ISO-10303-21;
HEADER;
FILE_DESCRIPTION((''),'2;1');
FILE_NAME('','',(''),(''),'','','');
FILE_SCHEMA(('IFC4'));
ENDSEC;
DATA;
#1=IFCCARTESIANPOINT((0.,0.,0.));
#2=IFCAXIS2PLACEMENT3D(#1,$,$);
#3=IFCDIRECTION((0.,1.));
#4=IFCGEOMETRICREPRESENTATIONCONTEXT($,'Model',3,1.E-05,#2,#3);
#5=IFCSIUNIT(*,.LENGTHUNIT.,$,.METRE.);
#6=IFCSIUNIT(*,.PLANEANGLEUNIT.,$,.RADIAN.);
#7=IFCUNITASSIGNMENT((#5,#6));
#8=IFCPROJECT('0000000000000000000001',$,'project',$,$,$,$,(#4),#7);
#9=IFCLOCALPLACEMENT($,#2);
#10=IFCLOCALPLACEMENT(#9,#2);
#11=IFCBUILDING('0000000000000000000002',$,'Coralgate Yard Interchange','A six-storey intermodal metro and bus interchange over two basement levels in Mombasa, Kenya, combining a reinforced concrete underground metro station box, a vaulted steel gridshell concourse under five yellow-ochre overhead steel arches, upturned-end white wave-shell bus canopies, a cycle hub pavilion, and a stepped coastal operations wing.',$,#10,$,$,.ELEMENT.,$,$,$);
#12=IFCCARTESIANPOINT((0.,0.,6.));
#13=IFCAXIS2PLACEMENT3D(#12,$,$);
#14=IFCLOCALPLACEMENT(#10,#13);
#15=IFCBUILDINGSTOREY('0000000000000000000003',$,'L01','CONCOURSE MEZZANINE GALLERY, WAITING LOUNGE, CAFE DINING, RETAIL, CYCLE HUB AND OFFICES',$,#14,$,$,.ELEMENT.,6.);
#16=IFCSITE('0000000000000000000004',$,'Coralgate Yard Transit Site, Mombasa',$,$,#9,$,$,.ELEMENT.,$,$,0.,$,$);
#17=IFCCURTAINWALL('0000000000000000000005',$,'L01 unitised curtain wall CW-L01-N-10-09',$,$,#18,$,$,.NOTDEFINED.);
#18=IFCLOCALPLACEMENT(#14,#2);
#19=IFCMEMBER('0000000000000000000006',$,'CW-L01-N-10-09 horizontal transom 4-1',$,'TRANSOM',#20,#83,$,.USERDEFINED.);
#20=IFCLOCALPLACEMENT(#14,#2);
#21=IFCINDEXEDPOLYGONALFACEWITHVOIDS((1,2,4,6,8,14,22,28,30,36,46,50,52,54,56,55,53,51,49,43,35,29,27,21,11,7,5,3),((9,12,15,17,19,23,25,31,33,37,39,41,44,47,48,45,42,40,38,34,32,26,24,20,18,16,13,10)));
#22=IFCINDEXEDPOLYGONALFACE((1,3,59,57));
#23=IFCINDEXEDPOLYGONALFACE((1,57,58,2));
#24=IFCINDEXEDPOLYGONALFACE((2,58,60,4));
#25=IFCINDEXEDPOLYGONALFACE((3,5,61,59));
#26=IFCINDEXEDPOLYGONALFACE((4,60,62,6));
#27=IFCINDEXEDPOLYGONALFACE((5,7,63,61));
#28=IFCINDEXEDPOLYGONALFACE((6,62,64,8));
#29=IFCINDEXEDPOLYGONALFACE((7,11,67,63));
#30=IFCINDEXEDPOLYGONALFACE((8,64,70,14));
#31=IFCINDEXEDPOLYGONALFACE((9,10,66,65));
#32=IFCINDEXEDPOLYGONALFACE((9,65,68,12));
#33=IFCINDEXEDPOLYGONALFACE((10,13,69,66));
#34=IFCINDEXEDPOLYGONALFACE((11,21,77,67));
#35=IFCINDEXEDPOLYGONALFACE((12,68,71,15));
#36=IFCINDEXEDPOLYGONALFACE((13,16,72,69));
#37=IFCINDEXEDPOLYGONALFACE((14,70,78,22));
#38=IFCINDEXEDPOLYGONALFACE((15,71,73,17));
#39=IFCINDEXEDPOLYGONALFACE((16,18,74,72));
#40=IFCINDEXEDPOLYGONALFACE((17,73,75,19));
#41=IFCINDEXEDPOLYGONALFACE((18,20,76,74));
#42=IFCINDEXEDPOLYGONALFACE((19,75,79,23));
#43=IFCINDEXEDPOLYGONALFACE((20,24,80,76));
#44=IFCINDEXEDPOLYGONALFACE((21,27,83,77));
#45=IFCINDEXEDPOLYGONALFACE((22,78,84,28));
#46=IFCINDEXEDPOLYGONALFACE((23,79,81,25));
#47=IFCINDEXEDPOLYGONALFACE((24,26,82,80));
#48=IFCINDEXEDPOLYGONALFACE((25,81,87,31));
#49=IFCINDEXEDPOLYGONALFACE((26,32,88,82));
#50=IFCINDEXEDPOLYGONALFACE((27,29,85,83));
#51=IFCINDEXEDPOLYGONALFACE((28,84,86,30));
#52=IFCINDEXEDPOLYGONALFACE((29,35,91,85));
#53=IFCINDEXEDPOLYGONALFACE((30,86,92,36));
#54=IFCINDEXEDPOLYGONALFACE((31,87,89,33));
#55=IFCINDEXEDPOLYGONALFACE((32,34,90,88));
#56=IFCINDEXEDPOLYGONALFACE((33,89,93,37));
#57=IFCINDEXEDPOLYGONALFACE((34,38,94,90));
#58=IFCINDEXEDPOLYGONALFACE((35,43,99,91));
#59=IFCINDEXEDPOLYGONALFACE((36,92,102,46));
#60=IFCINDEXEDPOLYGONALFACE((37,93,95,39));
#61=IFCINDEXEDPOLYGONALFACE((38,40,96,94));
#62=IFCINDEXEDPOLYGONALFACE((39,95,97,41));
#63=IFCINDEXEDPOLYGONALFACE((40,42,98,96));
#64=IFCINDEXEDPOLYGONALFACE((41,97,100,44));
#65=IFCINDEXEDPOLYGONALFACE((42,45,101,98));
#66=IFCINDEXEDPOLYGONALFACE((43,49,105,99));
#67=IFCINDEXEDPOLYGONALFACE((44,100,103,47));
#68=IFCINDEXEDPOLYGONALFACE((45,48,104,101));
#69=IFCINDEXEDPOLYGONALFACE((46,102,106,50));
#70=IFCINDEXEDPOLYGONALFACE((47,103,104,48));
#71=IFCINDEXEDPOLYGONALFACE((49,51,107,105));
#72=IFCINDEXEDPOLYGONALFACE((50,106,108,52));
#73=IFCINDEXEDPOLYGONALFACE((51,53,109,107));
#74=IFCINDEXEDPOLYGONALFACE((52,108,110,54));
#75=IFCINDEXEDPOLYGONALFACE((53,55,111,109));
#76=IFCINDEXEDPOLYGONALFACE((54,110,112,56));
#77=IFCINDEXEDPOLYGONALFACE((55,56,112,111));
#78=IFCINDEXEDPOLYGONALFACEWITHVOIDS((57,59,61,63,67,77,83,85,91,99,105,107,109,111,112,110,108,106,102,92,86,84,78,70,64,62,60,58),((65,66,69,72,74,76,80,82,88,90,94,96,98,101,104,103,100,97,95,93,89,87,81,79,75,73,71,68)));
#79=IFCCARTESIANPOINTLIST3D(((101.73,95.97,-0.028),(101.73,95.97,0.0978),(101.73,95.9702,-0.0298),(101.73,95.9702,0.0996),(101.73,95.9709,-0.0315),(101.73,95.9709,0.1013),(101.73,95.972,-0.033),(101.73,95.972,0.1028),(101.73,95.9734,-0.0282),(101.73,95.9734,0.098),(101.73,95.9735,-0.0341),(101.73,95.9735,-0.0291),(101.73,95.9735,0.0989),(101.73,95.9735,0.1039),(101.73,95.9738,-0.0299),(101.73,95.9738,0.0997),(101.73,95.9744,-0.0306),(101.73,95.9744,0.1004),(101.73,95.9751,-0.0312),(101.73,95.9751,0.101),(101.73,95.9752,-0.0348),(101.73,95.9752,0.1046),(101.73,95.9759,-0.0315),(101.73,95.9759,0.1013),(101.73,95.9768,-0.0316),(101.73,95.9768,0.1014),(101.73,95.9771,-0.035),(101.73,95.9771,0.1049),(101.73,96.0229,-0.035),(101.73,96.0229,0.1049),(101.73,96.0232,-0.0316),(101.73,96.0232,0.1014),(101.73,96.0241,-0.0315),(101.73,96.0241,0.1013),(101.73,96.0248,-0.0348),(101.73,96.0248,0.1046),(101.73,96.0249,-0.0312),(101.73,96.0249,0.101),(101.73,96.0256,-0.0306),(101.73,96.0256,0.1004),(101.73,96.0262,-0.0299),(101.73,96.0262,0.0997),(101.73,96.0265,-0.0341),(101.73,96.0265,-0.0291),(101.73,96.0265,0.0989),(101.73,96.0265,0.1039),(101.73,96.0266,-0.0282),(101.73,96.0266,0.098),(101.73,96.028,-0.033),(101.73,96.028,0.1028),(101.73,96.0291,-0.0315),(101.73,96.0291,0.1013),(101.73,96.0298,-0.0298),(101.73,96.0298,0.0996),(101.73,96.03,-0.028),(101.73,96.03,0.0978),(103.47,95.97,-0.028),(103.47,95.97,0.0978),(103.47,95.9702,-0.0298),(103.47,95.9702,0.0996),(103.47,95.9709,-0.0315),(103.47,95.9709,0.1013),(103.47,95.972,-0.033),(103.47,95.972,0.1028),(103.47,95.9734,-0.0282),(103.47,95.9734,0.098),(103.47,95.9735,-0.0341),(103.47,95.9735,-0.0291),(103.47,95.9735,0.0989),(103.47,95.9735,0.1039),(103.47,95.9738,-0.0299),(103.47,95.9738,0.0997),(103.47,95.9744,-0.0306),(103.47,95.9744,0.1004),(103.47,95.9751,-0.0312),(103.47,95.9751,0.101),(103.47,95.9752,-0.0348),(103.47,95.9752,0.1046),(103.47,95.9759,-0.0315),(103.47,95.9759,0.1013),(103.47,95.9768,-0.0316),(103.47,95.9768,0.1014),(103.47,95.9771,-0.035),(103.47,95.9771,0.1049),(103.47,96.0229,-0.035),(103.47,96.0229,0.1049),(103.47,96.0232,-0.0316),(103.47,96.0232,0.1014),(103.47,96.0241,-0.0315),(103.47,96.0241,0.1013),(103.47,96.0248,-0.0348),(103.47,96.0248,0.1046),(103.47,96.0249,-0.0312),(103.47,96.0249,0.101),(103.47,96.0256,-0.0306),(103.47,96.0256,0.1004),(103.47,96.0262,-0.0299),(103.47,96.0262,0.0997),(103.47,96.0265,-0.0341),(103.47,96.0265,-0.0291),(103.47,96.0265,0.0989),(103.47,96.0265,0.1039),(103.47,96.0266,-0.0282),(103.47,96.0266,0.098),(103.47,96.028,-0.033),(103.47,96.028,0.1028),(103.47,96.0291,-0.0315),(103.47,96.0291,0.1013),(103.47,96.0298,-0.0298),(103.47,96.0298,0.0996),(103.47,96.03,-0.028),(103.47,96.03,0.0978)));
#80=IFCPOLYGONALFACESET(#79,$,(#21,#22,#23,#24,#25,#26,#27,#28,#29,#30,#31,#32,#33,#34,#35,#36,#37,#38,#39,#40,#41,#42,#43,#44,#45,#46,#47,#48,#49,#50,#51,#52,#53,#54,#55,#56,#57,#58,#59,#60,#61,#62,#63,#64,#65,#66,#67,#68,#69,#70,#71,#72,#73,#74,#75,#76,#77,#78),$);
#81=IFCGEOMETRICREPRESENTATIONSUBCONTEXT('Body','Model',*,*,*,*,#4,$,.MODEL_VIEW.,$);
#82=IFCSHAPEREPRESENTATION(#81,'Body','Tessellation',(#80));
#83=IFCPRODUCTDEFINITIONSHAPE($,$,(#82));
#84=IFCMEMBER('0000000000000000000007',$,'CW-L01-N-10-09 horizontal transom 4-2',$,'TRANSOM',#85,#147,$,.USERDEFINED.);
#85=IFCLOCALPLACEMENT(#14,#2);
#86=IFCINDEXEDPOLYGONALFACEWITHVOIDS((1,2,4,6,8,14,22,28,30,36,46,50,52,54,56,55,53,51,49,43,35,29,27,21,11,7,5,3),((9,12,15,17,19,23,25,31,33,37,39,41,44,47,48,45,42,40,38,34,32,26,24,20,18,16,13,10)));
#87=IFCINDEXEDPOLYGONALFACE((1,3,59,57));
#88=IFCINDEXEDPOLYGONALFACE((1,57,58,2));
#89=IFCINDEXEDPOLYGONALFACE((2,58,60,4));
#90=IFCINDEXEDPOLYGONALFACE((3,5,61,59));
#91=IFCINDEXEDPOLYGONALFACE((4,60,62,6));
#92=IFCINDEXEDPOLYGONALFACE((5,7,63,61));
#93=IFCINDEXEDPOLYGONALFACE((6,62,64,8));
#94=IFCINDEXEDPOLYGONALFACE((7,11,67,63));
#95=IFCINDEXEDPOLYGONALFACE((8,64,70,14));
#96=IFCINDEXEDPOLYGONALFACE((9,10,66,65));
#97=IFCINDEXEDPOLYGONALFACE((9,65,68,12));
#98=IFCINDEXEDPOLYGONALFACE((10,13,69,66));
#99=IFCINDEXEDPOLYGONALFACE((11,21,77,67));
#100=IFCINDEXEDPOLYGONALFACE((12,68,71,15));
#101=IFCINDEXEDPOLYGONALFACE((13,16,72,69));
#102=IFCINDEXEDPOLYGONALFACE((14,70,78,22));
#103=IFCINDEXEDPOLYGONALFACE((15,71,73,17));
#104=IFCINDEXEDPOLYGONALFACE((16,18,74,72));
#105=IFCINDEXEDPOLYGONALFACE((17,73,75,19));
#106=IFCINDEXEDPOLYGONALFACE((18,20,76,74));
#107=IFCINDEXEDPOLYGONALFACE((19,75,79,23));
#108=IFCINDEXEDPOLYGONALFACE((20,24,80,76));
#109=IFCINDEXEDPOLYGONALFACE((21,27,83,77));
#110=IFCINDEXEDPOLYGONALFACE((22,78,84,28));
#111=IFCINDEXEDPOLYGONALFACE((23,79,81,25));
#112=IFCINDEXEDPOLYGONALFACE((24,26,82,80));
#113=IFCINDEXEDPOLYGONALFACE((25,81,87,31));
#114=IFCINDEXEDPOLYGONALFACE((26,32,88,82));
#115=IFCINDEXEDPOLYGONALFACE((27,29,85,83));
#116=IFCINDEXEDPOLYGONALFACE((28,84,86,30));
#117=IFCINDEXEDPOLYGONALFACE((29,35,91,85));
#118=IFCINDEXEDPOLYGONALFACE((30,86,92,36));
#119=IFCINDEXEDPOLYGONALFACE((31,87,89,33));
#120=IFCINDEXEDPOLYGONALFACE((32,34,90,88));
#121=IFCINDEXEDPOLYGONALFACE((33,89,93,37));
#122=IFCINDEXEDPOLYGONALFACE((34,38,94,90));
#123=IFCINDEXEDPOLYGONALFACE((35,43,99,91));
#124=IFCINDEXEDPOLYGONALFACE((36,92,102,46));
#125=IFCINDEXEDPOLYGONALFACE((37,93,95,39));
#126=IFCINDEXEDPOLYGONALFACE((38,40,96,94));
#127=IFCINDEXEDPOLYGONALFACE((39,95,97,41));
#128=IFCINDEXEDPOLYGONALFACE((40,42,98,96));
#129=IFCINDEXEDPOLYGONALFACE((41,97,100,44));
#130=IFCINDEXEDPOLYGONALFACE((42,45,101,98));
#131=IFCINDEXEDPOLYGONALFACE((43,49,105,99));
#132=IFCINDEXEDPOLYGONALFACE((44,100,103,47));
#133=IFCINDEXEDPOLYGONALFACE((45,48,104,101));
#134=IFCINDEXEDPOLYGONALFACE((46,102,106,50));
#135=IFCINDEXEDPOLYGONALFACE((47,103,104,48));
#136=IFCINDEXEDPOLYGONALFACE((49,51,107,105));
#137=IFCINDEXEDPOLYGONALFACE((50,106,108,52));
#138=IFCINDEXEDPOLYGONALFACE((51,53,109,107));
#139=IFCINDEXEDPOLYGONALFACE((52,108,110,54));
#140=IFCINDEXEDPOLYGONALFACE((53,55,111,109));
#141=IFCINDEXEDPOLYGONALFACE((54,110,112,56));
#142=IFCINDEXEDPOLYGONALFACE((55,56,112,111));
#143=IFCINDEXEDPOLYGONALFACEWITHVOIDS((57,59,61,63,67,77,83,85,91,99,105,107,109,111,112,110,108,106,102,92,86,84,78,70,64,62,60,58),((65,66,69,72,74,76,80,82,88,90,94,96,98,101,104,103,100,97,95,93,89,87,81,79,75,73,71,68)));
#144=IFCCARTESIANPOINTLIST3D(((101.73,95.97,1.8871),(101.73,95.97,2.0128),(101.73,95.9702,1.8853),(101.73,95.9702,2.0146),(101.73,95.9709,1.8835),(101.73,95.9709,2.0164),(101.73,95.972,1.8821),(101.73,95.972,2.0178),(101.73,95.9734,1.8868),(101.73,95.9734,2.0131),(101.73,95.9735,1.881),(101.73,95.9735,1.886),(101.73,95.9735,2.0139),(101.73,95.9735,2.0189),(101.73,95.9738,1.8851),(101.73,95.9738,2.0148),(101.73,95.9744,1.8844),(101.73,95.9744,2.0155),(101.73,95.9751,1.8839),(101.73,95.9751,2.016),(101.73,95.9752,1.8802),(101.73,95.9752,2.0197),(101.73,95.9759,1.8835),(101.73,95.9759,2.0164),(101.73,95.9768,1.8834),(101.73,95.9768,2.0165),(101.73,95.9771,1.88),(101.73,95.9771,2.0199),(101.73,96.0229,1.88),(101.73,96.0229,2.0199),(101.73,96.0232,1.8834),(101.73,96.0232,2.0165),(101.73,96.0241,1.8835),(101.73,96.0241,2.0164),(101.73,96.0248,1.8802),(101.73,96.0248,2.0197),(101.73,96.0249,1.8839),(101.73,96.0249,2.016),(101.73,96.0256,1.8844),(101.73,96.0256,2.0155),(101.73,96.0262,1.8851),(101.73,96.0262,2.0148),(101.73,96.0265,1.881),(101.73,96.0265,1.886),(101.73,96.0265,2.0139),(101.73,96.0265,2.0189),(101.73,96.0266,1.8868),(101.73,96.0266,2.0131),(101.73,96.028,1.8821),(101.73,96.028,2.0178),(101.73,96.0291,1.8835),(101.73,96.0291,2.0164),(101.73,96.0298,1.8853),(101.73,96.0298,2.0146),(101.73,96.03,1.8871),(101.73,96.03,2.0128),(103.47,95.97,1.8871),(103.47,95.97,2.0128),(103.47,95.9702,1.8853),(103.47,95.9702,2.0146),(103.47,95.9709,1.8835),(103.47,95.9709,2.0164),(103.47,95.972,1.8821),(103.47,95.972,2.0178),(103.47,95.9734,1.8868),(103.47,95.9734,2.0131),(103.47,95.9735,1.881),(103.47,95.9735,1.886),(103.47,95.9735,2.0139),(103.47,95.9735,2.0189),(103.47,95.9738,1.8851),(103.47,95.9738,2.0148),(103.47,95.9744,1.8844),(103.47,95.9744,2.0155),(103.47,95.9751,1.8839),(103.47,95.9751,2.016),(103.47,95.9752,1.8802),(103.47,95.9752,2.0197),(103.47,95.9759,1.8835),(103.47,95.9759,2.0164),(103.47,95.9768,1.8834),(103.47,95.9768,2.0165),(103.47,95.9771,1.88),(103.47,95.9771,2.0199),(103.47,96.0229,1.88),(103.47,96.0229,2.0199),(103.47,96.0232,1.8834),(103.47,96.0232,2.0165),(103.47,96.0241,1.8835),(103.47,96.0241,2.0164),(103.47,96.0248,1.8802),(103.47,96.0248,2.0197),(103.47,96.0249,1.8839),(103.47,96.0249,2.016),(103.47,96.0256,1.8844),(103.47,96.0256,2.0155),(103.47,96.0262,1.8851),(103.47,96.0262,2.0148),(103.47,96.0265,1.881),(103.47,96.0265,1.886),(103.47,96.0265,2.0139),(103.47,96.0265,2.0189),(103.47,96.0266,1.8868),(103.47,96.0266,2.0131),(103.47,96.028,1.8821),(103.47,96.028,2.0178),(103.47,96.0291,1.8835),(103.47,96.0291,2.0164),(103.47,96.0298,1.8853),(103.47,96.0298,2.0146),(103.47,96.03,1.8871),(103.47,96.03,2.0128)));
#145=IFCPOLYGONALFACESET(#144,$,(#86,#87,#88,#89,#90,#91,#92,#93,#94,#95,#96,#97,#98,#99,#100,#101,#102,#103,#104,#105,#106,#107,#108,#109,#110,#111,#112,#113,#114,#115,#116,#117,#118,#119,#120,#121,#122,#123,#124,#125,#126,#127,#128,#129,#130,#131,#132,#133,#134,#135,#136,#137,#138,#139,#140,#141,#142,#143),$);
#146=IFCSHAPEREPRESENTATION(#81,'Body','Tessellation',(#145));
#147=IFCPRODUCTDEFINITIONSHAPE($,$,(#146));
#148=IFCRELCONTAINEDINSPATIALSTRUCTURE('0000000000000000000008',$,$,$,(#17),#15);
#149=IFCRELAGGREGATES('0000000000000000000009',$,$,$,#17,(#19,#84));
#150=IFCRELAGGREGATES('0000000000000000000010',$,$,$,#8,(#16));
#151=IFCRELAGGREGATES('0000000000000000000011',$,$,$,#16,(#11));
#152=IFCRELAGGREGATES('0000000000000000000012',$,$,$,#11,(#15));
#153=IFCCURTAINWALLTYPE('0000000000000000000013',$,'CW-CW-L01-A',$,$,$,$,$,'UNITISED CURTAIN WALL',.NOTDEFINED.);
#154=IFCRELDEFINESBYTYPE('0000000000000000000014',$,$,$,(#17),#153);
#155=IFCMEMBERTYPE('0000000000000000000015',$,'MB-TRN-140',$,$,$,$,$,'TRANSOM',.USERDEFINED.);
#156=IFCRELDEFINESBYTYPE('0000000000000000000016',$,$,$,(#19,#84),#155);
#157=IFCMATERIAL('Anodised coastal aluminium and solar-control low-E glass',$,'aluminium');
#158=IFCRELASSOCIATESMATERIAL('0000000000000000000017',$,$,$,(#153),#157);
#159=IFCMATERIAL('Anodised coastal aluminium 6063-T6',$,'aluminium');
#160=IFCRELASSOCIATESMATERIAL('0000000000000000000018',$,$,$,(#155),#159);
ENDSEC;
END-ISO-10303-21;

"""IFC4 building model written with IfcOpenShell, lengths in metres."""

from ifc_helpers import new_model, si_unit, direction, frame, origin, origin_2d, place, context, subcontext, project, spatial, hollow_rectangle, extrude, material, material_profile, profile_set, type_object, element, aggregate, save


model = new_model("IFC4")

# Units and contexts
model_context = context("Model", 3, precision=1e-05, world=origin(), true_north=direction((0.0, 1.0)))
body_context = subcontext(model_context, "Body", "Model", "MODEL_VIEW")
ifc_project = project(units=[si_unit("LENGTHUNIT", "METRE"), si_unit("PLANEANGLEUNIT", "RADIAN")], contexts=[model_context])

# Site, building, storey
site_placement = place(None, origin())
site = spatial("IfcSite", under=ifc_project, at=site_placement, Name="Coralgate Yard Transit Site, Mombasa", CompositionType="ELEMENT", RefElevation=0.0)
building_placement = place(site_placement, origin())
building = spatial("IfcBuilding", under=site, at=building_placement, Name="Coralgate Yard Interchange", Description="A six-storey intermodal metro and bus interchange over two basement levels in Mombasa, Kenya, combining a reinforced concrete underground metro station box, a vaulted steel gridshell concourse under five yellow-ochre overhead steel arches, upturned-end white wave-shell bus canopies, a cycle hub pavilion, and a stepped coastal operations wing.", CompositionType="ELEMENT")
storey_placement = place(building_placement, frame((0.0, 0.0, 6.0)))
storey = spatial("IfcBuildingStorey", under=building, at=storey_placement, Name="L01", Description="CONCOURSE MEZZANINE GALLERY, WAITING LOUNGE, CAFE DINING, RETAIL, CYCLE HUB AND OFFICES", CompositionType="ELEMENT", Elevation=6.0)

# Curtain wall
ifc_material_1 = material(Name="Anodised coastal aluminium and solar-control low-E glass", Category="aluminium")
curtain_wall_type_1 = type_object("IfcCurtainWallType", Name="CW-CW-L01-A", ElementType="UNITISED CURTAIN WALL", PredefinedType="NOTDEFINED", material=ifc_material_1)
curtain_wall_1_placement = place(storey_placement, origin())
curtain_wall_1 = element("IfcCurtainWall", 1, at=curtain_wall_1_placement, inside=storey, type_object=curtain_wall_type_1, Name="L01 unitised curtain wall CW-L01-N-10-09", PredefinedType="NOTDEFINED")
ifc_material_2 = material(Name="Anodised coastal aluminium 6063-T6", Category="aluminium")

# Members
ifc_material_profile_1 = material_profile(ifc_material_2, hollow_rectangle(XDim=0.0601, YDim=0.1399, WallThickness=0.0034, InnerFilletRadius=0.0034, OuterFilletRadius=0.0071, at=origin_2d()), Name="ALU 60x140x3.5")
ifc_profile_set_1 = profile_set([ifc_material_profile_1], Name="Anodised coastal aluminium 6063-T6")
member_type_1 = type_object("IfcMemberType", Name="MB-TRN-140", ElementType="TRANSOM", PredefinedType="USERDEFINED", material=ifc_profile_set_1)
member_1_placement = place(storey_placement, frame((101.73, 96.0, 0.0349), z_axis=(1.0, 0.0, 0.0), x_axis=(0.0, 1.0, 0.0)))
member_1 = element("IfcMember", 2, at=member_1_placement, type_object=member_type_1, Name="CW-L01-N-10-09 horizontal transom 4-1", ObjectType="TRANSOM", PredefinedType="USERDEFINED", context=body_context, shape_type="SweptSolid", body=[
    extrude(hollow_rectangle(XDim=0.0601, YDim=0.1399, WallThickness=0.0034, InnerFilletRadius=0.0034, OuterFilletRadius=0.0071, at=origin_2d()), origin(), (0.0, 0.0, 1.0), 1.74),
])
member_2_placement = place(storey_placement, frame((101.73, 96.0, 1.95), z_axis=(1.0, 0.0, 0.0), x_axis=(0.0, 1.0, 0.0)))
member_2 = element("IfcMember", 3, at=member_2_placement, type_object=member_type_1, Name="CW-L01-N-10-09 horizontal transom 4-2", ObjectType="TRANSOM", PredefinedType="USERDEFINED", context=body_context, shape_type="SweptSolid", body=[
    extrude(hollow_rectangle(XDim=0.0601, YDim=0.1399, WallThickness=0.0034, InnerFilletRadius=0.0034, OuterFilletRadius=0.0071, at=origin_2d()), origin(), (0.0, 0.0, 1.0), 1.74),
])

aggregate(curtain_wall_1, [member_1, member_2])

save(model, "model.ifc")
